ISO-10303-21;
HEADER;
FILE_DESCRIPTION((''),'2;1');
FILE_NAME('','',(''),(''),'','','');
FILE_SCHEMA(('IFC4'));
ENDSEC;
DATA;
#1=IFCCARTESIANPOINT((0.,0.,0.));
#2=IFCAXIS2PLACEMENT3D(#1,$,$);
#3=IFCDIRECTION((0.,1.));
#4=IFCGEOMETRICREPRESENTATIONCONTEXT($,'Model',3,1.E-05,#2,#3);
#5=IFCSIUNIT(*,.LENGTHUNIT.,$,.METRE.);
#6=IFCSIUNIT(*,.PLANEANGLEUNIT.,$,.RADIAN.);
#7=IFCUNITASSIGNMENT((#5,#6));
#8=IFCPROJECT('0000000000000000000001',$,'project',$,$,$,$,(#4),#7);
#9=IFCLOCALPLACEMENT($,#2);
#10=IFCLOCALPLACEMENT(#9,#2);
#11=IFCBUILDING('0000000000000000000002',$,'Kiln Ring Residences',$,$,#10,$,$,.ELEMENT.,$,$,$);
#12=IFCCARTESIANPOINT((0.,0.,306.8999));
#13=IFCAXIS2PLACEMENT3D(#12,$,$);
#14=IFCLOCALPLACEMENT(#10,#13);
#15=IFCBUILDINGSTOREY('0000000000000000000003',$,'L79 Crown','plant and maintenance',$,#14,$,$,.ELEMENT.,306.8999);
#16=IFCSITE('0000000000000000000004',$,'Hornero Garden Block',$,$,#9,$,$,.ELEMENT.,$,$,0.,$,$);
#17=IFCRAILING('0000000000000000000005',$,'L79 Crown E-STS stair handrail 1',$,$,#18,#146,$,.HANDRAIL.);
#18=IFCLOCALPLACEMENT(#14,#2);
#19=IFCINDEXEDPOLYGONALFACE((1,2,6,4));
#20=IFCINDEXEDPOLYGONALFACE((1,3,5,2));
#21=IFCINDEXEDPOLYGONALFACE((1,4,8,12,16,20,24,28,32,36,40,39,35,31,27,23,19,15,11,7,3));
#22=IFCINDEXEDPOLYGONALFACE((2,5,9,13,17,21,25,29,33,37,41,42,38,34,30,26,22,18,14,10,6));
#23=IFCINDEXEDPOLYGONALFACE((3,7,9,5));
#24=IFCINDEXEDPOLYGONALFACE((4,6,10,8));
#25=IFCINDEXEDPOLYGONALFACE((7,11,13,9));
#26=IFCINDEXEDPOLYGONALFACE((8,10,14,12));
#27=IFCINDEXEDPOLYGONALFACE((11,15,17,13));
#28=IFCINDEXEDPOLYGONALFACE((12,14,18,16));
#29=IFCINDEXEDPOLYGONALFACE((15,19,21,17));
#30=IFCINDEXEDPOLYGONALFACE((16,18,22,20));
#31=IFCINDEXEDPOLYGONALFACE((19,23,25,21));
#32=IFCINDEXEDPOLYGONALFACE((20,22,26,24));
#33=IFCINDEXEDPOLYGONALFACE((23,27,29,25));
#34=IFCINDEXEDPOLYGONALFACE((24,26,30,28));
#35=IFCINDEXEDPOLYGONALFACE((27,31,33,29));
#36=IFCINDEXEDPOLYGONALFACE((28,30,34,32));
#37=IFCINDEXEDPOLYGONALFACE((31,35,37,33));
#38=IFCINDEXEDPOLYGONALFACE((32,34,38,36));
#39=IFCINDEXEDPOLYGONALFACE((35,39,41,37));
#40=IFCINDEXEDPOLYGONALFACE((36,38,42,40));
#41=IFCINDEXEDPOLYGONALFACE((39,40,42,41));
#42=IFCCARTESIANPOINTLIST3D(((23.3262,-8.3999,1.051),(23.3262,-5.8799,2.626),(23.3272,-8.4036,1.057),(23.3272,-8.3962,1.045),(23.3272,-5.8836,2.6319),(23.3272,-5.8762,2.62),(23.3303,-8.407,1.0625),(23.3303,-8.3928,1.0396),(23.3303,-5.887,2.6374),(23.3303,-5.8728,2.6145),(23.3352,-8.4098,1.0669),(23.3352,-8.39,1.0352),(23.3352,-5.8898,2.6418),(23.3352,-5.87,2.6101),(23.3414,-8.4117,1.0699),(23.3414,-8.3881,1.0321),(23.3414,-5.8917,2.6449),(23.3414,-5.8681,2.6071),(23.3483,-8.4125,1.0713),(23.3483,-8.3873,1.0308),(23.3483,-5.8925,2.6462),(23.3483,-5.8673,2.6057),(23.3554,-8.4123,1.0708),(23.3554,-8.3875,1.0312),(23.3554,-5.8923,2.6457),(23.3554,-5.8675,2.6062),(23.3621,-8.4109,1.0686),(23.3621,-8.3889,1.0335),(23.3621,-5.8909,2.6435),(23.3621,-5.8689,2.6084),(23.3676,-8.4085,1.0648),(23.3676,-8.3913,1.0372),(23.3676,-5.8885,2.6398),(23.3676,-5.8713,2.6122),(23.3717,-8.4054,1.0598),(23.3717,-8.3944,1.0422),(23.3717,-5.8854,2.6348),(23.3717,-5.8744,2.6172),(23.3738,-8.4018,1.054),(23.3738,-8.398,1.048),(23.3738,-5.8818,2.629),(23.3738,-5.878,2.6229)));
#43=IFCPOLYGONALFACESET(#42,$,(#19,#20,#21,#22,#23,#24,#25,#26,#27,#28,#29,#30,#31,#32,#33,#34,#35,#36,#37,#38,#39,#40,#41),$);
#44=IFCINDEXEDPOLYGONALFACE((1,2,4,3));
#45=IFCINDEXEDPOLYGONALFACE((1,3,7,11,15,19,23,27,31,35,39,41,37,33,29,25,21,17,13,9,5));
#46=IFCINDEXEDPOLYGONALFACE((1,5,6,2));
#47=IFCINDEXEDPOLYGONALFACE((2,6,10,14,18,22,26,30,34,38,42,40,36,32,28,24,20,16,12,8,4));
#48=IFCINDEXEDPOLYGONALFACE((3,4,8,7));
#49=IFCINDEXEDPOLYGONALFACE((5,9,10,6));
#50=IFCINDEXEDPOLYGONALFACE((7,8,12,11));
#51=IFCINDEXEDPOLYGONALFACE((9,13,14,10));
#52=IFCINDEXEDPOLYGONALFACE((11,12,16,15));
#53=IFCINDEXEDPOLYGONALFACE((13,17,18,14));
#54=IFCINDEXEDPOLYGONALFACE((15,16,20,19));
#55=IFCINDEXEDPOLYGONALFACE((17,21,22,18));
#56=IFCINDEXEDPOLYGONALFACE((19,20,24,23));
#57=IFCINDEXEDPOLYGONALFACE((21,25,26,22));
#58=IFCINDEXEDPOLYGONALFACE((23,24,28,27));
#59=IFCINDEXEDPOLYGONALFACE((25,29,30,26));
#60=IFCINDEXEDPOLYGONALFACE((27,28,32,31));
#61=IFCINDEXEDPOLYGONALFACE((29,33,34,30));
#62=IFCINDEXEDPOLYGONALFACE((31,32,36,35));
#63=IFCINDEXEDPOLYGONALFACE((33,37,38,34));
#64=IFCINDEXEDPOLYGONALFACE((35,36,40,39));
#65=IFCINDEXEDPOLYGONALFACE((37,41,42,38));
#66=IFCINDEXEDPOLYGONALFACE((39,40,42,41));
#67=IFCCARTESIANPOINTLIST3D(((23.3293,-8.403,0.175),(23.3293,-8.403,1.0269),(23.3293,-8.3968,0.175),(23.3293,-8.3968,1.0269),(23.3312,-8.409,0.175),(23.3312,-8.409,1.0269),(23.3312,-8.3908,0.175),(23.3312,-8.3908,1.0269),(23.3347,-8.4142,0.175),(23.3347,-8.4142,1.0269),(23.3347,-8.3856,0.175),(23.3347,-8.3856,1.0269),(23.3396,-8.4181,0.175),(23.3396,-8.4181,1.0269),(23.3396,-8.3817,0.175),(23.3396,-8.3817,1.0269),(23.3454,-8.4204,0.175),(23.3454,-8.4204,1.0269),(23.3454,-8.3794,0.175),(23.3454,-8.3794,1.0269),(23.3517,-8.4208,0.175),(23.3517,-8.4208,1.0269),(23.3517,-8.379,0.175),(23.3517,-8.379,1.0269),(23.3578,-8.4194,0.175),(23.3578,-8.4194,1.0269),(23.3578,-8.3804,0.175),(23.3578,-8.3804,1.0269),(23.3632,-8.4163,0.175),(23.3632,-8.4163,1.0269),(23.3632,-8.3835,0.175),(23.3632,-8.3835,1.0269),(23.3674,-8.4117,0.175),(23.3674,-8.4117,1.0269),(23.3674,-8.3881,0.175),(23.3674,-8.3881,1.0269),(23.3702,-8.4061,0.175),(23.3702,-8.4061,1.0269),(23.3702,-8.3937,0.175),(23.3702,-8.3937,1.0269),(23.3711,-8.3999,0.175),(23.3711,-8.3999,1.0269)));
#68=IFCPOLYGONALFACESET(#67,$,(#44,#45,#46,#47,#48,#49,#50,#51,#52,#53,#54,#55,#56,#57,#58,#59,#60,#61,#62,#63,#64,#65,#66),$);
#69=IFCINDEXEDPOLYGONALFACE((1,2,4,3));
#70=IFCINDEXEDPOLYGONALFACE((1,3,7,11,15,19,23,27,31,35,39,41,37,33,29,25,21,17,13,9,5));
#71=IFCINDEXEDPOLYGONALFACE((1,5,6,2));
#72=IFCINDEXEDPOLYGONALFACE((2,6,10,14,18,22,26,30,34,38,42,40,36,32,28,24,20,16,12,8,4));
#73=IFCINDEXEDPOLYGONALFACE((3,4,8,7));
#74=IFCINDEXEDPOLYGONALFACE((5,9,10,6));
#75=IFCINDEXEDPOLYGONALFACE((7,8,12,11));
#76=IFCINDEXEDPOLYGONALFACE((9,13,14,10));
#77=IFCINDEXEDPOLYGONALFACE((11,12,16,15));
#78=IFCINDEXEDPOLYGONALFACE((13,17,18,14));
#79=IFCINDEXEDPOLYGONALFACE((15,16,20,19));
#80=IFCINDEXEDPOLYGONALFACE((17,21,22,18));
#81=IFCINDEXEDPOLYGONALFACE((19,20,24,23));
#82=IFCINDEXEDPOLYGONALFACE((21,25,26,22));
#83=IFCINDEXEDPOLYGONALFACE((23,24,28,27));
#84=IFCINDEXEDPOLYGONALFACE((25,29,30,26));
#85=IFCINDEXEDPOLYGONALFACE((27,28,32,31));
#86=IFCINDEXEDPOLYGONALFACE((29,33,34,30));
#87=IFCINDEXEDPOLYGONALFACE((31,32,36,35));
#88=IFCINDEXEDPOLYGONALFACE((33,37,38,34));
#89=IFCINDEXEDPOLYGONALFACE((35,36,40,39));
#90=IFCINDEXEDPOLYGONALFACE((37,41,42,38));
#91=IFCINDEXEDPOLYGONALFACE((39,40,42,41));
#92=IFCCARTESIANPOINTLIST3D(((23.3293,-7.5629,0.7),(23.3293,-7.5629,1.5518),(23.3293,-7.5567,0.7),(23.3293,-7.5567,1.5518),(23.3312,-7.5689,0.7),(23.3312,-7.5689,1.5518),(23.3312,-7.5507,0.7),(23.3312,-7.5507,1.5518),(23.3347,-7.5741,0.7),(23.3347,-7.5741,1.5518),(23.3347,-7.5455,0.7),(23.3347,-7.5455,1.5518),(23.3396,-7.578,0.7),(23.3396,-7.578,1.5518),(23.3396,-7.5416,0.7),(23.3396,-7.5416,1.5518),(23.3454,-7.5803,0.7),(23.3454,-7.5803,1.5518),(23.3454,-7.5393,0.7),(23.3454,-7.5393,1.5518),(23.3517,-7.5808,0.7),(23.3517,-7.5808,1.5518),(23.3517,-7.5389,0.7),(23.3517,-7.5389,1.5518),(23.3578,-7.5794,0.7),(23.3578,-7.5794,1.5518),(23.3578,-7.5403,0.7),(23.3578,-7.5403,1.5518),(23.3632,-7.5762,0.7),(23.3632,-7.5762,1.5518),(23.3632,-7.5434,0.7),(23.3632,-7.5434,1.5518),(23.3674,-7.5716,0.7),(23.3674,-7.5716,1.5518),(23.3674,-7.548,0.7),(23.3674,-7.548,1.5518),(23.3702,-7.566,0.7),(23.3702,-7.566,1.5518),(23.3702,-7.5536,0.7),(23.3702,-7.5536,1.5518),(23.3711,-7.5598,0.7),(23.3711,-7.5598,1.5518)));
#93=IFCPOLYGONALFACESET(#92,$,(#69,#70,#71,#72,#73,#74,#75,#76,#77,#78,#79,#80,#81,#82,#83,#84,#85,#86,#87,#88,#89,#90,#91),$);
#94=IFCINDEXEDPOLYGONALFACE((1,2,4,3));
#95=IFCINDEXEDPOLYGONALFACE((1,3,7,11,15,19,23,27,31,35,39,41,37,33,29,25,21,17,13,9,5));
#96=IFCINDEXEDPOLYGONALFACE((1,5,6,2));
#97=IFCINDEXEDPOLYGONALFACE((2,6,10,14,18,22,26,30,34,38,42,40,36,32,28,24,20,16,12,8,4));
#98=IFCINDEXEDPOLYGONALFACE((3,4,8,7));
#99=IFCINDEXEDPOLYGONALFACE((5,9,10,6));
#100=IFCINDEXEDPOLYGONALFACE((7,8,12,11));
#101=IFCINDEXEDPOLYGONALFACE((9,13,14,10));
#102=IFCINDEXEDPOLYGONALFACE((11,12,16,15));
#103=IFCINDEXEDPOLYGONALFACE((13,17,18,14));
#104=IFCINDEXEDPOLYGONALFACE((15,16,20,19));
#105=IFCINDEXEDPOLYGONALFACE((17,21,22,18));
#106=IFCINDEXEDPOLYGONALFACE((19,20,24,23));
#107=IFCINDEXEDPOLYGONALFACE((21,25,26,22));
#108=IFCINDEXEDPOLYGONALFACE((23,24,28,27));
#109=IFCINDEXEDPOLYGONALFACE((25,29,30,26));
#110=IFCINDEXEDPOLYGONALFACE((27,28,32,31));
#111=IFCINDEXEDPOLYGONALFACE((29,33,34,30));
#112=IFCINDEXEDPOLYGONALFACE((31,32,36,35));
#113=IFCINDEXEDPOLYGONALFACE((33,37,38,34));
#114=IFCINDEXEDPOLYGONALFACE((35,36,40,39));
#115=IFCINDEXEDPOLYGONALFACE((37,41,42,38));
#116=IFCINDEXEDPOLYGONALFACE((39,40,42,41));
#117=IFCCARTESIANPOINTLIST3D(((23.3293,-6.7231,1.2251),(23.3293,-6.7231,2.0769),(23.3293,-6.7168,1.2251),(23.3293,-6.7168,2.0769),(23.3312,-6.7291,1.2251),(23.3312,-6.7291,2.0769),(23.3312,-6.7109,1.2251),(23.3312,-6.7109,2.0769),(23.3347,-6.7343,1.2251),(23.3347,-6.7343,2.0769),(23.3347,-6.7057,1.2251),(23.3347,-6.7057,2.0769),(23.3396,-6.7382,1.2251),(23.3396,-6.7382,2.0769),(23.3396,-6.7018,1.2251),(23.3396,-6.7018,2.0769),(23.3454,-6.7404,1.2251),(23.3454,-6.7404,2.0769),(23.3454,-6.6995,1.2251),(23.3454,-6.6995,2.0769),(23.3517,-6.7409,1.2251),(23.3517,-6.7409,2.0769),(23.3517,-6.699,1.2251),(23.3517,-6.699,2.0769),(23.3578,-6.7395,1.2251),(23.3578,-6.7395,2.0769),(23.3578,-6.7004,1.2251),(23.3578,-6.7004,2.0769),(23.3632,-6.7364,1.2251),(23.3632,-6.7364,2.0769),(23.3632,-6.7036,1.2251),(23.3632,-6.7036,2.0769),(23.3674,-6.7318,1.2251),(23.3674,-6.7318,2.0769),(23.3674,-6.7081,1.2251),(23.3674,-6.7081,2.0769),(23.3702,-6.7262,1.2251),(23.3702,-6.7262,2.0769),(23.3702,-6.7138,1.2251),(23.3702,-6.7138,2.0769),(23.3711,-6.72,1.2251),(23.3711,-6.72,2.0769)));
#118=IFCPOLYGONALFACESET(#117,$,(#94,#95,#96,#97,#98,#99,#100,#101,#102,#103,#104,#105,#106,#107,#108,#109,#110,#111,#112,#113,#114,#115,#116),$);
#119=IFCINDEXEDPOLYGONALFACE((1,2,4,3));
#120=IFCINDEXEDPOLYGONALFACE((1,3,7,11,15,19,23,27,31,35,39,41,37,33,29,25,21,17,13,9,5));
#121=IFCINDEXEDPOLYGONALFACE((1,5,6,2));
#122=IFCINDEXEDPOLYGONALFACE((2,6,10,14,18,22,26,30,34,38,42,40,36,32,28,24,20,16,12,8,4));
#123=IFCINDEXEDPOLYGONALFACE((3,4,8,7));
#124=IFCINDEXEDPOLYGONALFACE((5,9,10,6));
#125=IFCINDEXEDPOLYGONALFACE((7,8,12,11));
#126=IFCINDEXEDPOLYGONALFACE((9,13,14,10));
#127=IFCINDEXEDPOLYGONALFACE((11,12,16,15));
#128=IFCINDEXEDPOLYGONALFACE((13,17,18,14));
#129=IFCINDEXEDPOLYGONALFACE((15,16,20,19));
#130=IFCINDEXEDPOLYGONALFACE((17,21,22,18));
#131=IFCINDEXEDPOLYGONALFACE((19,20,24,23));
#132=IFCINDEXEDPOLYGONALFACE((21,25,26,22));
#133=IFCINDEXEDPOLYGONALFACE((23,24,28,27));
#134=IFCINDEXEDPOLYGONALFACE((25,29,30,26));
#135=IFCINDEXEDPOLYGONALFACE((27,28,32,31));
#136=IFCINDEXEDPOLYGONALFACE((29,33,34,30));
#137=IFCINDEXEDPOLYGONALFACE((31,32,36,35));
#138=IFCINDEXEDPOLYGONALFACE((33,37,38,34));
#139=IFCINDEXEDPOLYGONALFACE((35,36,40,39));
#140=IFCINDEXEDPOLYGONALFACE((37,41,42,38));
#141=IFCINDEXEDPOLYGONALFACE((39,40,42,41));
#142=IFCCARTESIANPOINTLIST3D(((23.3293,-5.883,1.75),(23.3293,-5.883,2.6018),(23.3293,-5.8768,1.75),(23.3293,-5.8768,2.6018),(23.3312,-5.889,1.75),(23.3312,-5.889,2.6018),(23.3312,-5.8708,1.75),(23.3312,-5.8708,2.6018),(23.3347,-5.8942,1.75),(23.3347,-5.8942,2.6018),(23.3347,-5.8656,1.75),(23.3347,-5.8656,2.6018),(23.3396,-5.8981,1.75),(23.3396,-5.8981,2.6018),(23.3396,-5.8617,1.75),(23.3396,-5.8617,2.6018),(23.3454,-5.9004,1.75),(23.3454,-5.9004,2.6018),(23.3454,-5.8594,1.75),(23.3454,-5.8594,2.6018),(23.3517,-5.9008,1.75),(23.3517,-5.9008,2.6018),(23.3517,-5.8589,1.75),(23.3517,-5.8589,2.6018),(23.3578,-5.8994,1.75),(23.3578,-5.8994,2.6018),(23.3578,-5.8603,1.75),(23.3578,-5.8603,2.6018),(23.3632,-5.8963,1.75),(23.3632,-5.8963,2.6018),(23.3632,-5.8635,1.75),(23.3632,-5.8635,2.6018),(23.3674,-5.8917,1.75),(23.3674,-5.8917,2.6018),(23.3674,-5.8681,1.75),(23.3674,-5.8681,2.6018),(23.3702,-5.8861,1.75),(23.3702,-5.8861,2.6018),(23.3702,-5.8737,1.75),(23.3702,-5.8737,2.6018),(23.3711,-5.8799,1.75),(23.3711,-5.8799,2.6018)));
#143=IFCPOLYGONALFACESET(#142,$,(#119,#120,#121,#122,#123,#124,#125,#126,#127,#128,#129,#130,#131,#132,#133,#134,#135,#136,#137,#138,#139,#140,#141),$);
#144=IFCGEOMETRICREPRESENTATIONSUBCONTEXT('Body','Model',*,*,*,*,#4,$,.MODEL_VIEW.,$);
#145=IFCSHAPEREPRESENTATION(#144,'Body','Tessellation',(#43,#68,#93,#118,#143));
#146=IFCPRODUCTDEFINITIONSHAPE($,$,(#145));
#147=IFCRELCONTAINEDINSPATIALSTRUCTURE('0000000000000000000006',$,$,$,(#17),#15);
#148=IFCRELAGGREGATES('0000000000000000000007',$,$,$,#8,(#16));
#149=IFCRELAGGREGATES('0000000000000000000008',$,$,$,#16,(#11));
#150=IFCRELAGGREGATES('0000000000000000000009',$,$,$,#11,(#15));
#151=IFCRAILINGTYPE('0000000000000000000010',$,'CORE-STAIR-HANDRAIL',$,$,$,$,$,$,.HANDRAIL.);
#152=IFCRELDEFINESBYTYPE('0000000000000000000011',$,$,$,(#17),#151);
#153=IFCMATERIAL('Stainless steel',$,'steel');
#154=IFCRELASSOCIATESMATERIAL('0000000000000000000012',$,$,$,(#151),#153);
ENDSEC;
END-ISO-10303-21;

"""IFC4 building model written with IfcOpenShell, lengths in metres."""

from ifc_helpers import new_model, si_unit, direction, frame, origin, origin_2d, place, context, subcontext, project, spatial, circle, extrude, material, type_object, element, save


model = new_model("IFC4")

# Units and contexts
model_context = context("Model", 3, precision=1e-05, world=origin(), true_north=direction((0.0, 1.0)))
body_context = subcontext(model_context, "Body", "Model", "MODEL_VIEW")
ifc_project = project(units=[si_unit("LENGTHUNIT", "METRE"), si_unit("PLANEANGLEUNIT", "RADIAN")], contexts=[model_context])

# Site, building, storey
site_placement = place(None, origin())
site = spatial("IfcSite", under=ifc_project, at=site_placement, Name="Hornero Garden Block", CompositionType="ELEMENT", RefElevation=0.0)
building_placement = place(site_placement, origin())
building = spatial("IfcBuilding", under=site, at=building_placement, Name="Kiln Ring Residences", CompositionType="ELEMENT")
storey_placement = place(building_placement, frame((0.0, 0.0, 306.8999)))
storey = spatial("IfcBuildingStorey", under=building, at=storey_placement, Name="L79 Crown", Description="plant and maintenance", CompositionType="ELEMENT", Elevation=306.8999)

# Railing
ifc_material_1 = material(Name="Stainless steel", Category="steel")
railing_type_1 = type_object("IfcRailingType", Name="CORE-STAIR-HANDRAIL", PredefinedType="HANDRAIL", material=ifc_material_1)
railing_1_placement = place(storey_placement, frame((23.3501, -8.3999, 0.175)))
element("IfcRailing", 1, at=railing_1_placement, inside=storey, type_object=railing_type_1, Name="L79 Crown E-STS stair handrail 1", PredefinedType="HANDRAIL", context=body_context, shape_type="SweptSolid", body=[
    extrude(circle(Radius=0.0239, at=origin_2d()), frame((0.0, 0.0, 0.876), z_axis=(0.0, 0.848008, 0.529984), x_axis=(-1.0, 0.0, 0.0)), (0.0, 0.0, 1.0), 2.9717),
    extrude(circle(Radius=0.021, at=origin_2d()), origin(), (0.0, 0.0, 1.0), 0.8518),
    extrude(circle(Radius=0.021, at=origin_2d()), frame((0.0, 0.8401, 0.5249)), (0.0, 0.0, 1.0), 0.8518),
    extrude(circle(Radius=0.021, at=origin_2d()), frame((0.0, 1.6799, 1.05)), (0.0, 0.0, 1.0), 0.8518),
    extrude(circle(Radius=0.021, at=origin_2d()), frame((0.0, 2.52, 1.575)), (0.0, 0.0, 1.0), 0.8518),
])

save(model, "model.ifc")
